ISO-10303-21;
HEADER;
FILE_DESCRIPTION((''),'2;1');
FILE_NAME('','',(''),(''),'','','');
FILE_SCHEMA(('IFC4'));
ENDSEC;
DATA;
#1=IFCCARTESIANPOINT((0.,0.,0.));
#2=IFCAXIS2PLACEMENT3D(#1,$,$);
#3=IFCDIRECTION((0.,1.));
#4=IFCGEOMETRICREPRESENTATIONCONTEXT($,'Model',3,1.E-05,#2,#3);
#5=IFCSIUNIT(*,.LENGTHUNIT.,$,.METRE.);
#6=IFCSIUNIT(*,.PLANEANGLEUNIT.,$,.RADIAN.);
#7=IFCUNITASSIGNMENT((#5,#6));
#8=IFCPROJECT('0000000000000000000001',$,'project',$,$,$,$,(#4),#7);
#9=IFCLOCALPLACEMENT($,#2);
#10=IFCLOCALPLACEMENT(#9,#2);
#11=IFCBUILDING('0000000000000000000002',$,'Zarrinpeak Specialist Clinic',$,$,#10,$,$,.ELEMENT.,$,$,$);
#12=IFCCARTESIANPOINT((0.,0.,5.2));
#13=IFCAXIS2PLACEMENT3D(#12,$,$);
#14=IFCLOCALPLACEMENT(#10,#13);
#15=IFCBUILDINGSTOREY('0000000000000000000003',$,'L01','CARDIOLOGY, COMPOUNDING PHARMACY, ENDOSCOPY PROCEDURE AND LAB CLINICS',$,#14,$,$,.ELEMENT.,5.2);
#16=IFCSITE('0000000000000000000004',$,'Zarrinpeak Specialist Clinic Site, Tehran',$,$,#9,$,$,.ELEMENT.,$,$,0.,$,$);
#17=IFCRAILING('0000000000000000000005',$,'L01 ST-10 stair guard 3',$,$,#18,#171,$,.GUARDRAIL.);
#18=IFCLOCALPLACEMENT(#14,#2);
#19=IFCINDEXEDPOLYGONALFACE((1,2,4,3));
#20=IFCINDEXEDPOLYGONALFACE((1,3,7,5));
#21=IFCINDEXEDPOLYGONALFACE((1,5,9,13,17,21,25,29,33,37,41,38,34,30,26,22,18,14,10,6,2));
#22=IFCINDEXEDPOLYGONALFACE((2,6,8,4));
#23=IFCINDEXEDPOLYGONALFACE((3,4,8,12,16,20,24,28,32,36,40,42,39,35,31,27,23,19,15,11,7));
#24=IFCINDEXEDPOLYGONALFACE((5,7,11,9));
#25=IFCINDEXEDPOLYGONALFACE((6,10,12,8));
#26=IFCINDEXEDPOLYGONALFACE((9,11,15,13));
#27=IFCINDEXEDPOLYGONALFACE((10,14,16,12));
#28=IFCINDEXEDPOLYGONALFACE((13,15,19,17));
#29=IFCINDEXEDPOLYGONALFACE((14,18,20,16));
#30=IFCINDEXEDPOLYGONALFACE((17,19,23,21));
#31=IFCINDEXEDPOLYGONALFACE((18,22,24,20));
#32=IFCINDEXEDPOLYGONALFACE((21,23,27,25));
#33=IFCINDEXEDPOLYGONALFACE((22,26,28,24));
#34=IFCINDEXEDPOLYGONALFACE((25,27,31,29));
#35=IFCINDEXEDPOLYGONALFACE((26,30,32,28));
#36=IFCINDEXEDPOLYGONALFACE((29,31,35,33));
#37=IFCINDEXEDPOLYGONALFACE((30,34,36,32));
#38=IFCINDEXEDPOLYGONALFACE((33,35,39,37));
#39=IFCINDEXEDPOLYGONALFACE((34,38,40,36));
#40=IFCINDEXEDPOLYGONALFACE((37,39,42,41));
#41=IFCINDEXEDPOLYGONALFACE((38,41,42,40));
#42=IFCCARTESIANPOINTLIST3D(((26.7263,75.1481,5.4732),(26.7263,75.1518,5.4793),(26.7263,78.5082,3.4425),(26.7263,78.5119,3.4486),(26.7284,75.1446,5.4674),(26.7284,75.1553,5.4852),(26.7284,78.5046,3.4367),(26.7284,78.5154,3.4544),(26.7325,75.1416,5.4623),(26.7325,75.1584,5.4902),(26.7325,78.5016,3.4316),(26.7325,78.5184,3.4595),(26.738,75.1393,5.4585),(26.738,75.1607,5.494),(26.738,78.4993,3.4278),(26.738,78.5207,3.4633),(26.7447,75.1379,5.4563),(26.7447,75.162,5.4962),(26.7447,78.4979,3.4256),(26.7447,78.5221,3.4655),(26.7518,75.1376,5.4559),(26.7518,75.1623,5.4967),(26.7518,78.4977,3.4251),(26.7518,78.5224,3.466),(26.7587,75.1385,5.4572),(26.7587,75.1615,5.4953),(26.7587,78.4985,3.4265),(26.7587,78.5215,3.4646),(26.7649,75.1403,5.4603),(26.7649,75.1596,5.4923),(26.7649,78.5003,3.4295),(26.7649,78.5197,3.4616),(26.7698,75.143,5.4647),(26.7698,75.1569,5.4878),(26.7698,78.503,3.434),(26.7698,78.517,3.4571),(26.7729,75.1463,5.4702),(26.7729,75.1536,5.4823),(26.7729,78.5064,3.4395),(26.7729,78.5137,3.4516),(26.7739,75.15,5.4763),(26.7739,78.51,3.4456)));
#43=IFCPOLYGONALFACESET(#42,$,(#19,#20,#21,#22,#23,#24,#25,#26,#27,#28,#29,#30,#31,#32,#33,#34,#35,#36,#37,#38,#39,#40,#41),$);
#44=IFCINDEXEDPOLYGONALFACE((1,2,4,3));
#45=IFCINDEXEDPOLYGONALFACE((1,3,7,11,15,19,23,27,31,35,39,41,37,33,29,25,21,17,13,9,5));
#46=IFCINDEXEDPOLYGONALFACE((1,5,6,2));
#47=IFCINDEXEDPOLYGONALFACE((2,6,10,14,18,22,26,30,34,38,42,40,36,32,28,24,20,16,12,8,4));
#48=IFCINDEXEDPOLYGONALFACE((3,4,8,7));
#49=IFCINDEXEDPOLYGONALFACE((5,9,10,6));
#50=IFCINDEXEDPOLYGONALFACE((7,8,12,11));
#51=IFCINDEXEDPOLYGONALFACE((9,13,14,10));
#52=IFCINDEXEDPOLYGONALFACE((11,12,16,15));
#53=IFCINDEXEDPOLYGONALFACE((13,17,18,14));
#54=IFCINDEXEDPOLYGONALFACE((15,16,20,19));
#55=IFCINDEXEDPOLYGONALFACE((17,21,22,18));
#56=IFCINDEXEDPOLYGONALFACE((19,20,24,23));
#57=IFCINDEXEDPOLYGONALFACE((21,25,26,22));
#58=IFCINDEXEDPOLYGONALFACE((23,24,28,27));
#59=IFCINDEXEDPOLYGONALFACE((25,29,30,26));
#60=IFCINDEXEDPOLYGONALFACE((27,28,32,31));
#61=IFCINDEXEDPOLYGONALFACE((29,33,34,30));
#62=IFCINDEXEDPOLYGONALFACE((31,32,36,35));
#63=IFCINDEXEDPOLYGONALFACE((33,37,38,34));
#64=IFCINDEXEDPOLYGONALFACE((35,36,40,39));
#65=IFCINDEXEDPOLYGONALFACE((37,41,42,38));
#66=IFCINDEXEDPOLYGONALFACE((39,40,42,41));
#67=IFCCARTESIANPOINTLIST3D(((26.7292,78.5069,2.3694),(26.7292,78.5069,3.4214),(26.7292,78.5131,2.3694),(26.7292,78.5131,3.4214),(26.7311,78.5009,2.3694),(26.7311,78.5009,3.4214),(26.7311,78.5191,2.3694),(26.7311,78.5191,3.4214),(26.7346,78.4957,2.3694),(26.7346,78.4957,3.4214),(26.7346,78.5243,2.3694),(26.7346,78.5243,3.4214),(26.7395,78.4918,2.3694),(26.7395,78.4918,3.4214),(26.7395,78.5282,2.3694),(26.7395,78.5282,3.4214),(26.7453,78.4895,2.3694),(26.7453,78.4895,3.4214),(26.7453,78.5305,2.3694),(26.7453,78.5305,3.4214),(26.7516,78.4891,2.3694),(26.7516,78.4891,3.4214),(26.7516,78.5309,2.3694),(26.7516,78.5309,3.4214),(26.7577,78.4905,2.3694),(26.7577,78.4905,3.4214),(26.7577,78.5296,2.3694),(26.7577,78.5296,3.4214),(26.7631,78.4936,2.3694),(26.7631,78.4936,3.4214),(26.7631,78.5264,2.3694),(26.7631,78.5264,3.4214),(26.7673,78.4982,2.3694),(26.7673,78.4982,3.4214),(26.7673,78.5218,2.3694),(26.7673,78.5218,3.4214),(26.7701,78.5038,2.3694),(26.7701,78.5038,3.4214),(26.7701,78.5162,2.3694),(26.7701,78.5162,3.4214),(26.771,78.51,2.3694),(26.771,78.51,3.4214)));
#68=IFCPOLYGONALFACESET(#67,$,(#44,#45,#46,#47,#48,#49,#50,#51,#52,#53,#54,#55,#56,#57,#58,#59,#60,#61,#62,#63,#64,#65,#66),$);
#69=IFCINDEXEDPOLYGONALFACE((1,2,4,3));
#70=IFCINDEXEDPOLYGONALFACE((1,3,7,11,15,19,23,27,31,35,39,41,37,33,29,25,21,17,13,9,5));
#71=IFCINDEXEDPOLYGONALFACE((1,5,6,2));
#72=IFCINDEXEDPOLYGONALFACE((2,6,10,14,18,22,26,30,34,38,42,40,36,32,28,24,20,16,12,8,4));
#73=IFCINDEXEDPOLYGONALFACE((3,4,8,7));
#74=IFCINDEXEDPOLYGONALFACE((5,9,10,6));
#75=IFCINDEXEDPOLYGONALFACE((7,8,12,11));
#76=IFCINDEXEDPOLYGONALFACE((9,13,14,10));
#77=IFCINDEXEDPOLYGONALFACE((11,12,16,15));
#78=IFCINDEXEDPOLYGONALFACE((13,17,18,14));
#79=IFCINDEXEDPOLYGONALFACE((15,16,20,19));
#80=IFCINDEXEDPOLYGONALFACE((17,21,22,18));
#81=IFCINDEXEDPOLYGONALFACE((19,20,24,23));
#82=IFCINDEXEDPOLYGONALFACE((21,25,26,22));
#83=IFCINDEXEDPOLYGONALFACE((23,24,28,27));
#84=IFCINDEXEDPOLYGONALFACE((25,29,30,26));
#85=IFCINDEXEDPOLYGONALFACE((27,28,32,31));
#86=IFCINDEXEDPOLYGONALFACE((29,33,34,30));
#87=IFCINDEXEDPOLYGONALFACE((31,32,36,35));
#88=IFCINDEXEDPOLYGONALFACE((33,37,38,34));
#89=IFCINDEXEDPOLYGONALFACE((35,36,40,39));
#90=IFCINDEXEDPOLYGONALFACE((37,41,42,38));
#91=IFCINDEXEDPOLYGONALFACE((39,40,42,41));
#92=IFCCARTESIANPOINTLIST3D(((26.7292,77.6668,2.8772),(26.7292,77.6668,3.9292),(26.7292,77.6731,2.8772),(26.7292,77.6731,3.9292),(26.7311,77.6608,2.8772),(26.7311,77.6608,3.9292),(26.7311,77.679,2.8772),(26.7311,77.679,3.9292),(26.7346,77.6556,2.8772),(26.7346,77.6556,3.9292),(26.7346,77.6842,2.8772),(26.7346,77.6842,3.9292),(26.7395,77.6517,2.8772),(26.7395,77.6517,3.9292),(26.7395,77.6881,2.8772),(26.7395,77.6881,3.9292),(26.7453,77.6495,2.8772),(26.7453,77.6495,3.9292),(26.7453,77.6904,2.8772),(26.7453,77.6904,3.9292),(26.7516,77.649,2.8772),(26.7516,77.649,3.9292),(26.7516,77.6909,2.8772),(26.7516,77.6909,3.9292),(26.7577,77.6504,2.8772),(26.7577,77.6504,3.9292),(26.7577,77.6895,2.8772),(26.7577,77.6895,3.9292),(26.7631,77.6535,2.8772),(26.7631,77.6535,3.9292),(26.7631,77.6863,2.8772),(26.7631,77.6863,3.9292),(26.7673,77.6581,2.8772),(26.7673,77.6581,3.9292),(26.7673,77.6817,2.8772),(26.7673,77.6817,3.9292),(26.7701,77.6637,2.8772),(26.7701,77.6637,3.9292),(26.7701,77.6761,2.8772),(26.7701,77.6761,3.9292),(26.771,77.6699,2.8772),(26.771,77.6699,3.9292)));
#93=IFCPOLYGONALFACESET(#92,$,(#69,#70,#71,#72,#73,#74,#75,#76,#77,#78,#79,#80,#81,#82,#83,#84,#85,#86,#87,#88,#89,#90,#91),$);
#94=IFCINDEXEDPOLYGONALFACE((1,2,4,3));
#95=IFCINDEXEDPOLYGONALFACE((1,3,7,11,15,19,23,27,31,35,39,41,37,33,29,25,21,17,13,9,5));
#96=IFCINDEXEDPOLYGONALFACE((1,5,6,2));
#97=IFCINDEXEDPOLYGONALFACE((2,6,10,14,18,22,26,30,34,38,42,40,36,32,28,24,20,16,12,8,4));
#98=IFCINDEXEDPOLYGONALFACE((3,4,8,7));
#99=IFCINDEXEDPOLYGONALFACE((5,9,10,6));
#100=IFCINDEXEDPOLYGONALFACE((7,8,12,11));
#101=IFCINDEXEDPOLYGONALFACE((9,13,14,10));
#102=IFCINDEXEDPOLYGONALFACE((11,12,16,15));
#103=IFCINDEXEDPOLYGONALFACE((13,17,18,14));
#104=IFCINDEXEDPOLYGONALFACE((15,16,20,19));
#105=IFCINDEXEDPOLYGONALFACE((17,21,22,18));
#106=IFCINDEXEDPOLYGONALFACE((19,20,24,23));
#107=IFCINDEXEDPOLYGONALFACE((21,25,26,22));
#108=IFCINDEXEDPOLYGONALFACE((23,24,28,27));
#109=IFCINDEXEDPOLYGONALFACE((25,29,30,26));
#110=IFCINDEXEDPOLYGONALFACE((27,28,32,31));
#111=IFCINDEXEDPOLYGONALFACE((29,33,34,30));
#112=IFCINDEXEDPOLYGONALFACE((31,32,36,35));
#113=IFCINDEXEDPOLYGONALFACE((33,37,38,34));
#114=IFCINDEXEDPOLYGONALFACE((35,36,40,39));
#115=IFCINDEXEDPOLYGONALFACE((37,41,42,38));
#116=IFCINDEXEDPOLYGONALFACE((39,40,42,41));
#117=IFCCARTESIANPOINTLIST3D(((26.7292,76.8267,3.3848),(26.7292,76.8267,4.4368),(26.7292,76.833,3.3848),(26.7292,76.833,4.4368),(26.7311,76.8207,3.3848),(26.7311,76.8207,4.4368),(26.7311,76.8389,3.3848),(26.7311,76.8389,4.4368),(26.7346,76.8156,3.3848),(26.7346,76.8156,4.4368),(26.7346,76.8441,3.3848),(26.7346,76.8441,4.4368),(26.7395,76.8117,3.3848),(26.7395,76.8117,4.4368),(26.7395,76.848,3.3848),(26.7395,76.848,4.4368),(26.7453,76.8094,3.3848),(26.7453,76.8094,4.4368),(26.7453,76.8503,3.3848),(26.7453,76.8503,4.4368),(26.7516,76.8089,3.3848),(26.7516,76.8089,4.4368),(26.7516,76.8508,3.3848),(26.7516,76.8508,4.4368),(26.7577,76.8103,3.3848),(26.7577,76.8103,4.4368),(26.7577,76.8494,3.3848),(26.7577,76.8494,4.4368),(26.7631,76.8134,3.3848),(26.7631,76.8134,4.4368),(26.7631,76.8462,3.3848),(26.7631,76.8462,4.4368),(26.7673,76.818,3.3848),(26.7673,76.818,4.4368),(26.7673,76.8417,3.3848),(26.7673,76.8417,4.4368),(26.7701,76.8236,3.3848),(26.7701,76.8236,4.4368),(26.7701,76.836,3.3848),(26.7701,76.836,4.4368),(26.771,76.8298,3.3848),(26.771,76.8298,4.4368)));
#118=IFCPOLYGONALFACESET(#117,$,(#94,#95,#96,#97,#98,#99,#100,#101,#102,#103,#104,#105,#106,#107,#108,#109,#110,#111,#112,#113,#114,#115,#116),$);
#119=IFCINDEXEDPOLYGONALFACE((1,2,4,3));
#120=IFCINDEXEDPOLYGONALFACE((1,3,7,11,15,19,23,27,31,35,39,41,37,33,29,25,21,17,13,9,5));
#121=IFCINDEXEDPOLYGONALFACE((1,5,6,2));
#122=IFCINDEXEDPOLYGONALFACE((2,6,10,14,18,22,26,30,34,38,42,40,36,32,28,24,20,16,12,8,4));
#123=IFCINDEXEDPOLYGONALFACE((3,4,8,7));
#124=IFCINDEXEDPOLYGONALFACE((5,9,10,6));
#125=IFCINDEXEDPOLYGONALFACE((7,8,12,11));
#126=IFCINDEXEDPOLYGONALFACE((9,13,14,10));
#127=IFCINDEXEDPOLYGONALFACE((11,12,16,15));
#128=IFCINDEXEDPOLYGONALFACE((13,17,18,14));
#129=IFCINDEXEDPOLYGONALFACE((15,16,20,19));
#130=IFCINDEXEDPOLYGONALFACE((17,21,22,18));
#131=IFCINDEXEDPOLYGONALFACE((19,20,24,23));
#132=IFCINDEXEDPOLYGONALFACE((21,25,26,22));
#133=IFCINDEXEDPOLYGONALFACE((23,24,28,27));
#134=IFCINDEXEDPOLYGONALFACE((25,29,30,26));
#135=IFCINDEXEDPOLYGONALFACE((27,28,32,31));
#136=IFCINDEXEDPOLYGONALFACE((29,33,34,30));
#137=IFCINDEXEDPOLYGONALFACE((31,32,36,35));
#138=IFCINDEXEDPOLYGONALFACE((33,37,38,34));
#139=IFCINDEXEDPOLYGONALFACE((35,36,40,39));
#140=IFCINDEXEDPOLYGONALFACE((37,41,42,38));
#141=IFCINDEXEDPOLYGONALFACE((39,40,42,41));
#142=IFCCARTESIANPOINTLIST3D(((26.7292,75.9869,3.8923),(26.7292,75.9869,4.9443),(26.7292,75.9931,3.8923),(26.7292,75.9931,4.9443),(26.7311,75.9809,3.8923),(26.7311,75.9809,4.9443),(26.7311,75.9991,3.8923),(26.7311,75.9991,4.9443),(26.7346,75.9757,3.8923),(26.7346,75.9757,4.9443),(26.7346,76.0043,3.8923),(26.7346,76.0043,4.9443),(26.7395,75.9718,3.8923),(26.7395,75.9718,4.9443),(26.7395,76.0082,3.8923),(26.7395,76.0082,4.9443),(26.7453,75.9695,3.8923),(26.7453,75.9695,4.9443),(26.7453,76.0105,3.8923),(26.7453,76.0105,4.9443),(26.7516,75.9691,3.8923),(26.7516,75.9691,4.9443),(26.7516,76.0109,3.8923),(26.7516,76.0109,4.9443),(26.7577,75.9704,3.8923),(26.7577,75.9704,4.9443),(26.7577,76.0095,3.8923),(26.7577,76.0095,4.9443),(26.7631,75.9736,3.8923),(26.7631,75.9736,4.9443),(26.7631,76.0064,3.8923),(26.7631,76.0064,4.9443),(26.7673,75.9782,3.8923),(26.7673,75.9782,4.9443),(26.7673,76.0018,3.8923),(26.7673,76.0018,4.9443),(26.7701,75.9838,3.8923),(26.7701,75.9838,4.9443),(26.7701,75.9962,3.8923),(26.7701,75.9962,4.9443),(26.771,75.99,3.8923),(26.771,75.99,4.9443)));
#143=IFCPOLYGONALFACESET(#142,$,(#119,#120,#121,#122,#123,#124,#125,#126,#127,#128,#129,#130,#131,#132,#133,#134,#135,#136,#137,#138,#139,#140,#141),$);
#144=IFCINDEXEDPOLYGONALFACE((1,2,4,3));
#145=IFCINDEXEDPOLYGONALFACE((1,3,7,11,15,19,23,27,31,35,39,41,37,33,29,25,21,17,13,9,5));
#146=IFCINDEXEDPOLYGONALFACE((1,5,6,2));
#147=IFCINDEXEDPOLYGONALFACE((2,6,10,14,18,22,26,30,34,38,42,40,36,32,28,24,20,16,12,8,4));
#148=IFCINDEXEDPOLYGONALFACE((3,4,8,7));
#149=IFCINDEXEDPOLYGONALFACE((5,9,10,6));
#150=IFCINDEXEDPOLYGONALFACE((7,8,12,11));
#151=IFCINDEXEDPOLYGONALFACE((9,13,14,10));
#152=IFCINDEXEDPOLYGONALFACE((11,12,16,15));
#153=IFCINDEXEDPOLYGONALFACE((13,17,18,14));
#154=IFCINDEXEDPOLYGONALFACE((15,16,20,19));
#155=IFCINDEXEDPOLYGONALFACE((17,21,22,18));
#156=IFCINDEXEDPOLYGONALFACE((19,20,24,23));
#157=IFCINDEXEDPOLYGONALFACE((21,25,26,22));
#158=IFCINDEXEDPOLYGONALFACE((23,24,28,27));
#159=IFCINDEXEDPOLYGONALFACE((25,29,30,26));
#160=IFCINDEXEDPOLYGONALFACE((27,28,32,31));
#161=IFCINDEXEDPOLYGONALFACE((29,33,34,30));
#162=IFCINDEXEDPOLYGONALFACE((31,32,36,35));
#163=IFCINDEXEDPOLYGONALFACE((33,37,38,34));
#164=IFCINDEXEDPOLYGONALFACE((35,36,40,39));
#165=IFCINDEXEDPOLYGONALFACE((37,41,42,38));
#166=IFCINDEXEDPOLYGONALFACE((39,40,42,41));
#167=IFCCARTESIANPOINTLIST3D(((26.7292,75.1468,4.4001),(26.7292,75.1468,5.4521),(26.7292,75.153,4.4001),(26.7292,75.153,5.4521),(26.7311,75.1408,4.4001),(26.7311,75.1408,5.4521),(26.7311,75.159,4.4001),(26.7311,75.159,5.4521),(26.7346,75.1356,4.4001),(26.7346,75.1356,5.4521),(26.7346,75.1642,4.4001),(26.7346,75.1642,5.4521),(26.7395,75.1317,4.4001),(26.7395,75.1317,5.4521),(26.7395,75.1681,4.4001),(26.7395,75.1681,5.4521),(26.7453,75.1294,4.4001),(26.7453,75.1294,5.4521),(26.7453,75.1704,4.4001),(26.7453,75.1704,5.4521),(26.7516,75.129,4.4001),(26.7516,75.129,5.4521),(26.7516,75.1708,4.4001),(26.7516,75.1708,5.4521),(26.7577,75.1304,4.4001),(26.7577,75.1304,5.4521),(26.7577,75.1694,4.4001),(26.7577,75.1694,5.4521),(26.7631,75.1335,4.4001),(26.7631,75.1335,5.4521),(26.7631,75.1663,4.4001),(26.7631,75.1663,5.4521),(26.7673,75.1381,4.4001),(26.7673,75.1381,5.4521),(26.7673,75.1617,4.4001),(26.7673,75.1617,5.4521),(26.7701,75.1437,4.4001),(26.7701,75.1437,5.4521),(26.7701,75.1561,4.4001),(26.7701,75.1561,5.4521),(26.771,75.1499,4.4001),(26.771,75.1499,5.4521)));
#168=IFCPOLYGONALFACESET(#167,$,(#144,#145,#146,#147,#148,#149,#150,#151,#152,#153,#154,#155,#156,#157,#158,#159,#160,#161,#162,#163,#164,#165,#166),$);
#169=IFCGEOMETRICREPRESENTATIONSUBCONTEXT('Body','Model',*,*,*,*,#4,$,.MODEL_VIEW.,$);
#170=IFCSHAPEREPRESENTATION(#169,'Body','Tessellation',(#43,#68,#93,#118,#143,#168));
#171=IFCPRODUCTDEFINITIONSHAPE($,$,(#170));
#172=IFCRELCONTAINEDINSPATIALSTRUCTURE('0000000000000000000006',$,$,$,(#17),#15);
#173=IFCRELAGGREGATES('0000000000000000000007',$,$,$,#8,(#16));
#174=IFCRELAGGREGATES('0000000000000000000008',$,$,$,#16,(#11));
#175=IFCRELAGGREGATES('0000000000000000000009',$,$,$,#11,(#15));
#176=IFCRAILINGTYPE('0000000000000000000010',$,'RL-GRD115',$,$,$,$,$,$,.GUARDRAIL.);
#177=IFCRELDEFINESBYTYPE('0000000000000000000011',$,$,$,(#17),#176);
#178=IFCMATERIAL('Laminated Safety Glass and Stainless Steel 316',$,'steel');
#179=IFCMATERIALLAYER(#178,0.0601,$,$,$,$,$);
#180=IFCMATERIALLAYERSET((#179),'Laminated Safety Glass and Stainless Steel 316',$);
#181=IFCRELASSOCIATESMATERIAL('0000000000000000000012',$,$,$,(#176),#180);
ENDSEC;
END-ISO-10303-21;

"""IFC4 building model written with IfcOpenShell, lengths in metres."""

from ifc_helpers import new_model, si_unit, direction, frame, origin, origin_2d, place, context, subcontext, project, spatial, circle, extrude, material, layer, layer_set, type_object, element, save


model = new_model("IFC4")

# Units and contexts
model_context = context("Model", 3, precision=1e-05, world=origin(), true_north=direction((0.0, 1.0)))
body_context = subcontext(model_context, "Body", "Model", "MODEL_VIEW")
ifc_project = project(units=[si_unit("LENGTHUNIT", "METRE"), si_unit("PLANEANGLEUNIT", "RADIAN")], contexts=[model_context])

# Site, building, storey
site_placement = place(None, origin())
site = spatial("IfcSite", under=ifc_project, at=site_placement, Name="Zarrinpeak Specialist Clinic Site, Tehran", CompositionType="ELEMENT", RefElevation=0.0)
building_placement = place(site_placement, origin())
building = spatial("IfcBuilding", under=site, at=building_placement, Name="Zarrinpeak Specialist Clinic", CompositionType="ELEMENT")
storey_placement = place(building_placement, frame((0.0, 0.0, 5.2)))
storey = spatial("IfcBuildingStorey", under=building, at=storey_placement, Name="L01", Description="CARDIOLOGY, COMPOUNDING PHARMACY, ENDOSCOPY PROCEDURE AND LAB CLINICS", CompositionType="ELEMENT", Elevation=5.2)

# Railing
ifc_material_1 = material(Name="Laminated Safety Glass and Stainless Steel 316", Category="steel")
ifc_layer_1 = layer(ifc_material_1, 0.0601)
ifc_layer_set_1 = layer_set([ifc_layer_1], Name="Laminated Safety Glass and Stainless Steel 316")
railing_type_1 = type_object("IfcRailingType", Name="RL-GRD115", PredefinedType="GUARDRAIL", material=ifc_layer_set_1)
railing_1_placement = place(storey_placement, frame((26.75, 78.51, 2.3694)))
element("IfcRailing", 1, at=railing_1_placement, inside=storey, type_object=railing_type_1, Name="L01 ST-10 stair guard 3", PredefinedType="GUARDRAIL", context=body_context, shape_type="SweptSolid", body=[
    extrude(circle(Radius=0.0239, at=origin_2d()), frame((0.0, 0.0, 1.0762), z_axis=(0.0, -0.855837, 0.517246), x_axis=(1.0, 0.0, 0.0)), (0.0, 0.0, 1.0), 3.926),
    extrude(circle(Radius=0.021, at=origin_2d()), origin(), (0.0, 0.0, 1.0), 1.052),
    extrude(circle(Radius=0.021, at=origin_2d()), frame((0.0, -0.8401, 0.5078)), (0.0, 0.0, 1.0), 1.052),
    extrude(circle(Radius=0.021, at=origin_2d()), frame((0.0, -1.6802, 1.0154)), (0.0, 0.0, 1.0), 1.052),
    extrude(circle(Radius=0.021, at=origin_2d()), frame((0.0, -2.52, 1.5229)), (0.0, 0.0, 1.0), 1.052),
    extrude(circle(Radius=0.021, at=origin_2d()), frame((0.0, -3.3601, 2.0308)), (0.0, 0.0, 1.0), 1.052),
])

save(model, "model.ifc")
